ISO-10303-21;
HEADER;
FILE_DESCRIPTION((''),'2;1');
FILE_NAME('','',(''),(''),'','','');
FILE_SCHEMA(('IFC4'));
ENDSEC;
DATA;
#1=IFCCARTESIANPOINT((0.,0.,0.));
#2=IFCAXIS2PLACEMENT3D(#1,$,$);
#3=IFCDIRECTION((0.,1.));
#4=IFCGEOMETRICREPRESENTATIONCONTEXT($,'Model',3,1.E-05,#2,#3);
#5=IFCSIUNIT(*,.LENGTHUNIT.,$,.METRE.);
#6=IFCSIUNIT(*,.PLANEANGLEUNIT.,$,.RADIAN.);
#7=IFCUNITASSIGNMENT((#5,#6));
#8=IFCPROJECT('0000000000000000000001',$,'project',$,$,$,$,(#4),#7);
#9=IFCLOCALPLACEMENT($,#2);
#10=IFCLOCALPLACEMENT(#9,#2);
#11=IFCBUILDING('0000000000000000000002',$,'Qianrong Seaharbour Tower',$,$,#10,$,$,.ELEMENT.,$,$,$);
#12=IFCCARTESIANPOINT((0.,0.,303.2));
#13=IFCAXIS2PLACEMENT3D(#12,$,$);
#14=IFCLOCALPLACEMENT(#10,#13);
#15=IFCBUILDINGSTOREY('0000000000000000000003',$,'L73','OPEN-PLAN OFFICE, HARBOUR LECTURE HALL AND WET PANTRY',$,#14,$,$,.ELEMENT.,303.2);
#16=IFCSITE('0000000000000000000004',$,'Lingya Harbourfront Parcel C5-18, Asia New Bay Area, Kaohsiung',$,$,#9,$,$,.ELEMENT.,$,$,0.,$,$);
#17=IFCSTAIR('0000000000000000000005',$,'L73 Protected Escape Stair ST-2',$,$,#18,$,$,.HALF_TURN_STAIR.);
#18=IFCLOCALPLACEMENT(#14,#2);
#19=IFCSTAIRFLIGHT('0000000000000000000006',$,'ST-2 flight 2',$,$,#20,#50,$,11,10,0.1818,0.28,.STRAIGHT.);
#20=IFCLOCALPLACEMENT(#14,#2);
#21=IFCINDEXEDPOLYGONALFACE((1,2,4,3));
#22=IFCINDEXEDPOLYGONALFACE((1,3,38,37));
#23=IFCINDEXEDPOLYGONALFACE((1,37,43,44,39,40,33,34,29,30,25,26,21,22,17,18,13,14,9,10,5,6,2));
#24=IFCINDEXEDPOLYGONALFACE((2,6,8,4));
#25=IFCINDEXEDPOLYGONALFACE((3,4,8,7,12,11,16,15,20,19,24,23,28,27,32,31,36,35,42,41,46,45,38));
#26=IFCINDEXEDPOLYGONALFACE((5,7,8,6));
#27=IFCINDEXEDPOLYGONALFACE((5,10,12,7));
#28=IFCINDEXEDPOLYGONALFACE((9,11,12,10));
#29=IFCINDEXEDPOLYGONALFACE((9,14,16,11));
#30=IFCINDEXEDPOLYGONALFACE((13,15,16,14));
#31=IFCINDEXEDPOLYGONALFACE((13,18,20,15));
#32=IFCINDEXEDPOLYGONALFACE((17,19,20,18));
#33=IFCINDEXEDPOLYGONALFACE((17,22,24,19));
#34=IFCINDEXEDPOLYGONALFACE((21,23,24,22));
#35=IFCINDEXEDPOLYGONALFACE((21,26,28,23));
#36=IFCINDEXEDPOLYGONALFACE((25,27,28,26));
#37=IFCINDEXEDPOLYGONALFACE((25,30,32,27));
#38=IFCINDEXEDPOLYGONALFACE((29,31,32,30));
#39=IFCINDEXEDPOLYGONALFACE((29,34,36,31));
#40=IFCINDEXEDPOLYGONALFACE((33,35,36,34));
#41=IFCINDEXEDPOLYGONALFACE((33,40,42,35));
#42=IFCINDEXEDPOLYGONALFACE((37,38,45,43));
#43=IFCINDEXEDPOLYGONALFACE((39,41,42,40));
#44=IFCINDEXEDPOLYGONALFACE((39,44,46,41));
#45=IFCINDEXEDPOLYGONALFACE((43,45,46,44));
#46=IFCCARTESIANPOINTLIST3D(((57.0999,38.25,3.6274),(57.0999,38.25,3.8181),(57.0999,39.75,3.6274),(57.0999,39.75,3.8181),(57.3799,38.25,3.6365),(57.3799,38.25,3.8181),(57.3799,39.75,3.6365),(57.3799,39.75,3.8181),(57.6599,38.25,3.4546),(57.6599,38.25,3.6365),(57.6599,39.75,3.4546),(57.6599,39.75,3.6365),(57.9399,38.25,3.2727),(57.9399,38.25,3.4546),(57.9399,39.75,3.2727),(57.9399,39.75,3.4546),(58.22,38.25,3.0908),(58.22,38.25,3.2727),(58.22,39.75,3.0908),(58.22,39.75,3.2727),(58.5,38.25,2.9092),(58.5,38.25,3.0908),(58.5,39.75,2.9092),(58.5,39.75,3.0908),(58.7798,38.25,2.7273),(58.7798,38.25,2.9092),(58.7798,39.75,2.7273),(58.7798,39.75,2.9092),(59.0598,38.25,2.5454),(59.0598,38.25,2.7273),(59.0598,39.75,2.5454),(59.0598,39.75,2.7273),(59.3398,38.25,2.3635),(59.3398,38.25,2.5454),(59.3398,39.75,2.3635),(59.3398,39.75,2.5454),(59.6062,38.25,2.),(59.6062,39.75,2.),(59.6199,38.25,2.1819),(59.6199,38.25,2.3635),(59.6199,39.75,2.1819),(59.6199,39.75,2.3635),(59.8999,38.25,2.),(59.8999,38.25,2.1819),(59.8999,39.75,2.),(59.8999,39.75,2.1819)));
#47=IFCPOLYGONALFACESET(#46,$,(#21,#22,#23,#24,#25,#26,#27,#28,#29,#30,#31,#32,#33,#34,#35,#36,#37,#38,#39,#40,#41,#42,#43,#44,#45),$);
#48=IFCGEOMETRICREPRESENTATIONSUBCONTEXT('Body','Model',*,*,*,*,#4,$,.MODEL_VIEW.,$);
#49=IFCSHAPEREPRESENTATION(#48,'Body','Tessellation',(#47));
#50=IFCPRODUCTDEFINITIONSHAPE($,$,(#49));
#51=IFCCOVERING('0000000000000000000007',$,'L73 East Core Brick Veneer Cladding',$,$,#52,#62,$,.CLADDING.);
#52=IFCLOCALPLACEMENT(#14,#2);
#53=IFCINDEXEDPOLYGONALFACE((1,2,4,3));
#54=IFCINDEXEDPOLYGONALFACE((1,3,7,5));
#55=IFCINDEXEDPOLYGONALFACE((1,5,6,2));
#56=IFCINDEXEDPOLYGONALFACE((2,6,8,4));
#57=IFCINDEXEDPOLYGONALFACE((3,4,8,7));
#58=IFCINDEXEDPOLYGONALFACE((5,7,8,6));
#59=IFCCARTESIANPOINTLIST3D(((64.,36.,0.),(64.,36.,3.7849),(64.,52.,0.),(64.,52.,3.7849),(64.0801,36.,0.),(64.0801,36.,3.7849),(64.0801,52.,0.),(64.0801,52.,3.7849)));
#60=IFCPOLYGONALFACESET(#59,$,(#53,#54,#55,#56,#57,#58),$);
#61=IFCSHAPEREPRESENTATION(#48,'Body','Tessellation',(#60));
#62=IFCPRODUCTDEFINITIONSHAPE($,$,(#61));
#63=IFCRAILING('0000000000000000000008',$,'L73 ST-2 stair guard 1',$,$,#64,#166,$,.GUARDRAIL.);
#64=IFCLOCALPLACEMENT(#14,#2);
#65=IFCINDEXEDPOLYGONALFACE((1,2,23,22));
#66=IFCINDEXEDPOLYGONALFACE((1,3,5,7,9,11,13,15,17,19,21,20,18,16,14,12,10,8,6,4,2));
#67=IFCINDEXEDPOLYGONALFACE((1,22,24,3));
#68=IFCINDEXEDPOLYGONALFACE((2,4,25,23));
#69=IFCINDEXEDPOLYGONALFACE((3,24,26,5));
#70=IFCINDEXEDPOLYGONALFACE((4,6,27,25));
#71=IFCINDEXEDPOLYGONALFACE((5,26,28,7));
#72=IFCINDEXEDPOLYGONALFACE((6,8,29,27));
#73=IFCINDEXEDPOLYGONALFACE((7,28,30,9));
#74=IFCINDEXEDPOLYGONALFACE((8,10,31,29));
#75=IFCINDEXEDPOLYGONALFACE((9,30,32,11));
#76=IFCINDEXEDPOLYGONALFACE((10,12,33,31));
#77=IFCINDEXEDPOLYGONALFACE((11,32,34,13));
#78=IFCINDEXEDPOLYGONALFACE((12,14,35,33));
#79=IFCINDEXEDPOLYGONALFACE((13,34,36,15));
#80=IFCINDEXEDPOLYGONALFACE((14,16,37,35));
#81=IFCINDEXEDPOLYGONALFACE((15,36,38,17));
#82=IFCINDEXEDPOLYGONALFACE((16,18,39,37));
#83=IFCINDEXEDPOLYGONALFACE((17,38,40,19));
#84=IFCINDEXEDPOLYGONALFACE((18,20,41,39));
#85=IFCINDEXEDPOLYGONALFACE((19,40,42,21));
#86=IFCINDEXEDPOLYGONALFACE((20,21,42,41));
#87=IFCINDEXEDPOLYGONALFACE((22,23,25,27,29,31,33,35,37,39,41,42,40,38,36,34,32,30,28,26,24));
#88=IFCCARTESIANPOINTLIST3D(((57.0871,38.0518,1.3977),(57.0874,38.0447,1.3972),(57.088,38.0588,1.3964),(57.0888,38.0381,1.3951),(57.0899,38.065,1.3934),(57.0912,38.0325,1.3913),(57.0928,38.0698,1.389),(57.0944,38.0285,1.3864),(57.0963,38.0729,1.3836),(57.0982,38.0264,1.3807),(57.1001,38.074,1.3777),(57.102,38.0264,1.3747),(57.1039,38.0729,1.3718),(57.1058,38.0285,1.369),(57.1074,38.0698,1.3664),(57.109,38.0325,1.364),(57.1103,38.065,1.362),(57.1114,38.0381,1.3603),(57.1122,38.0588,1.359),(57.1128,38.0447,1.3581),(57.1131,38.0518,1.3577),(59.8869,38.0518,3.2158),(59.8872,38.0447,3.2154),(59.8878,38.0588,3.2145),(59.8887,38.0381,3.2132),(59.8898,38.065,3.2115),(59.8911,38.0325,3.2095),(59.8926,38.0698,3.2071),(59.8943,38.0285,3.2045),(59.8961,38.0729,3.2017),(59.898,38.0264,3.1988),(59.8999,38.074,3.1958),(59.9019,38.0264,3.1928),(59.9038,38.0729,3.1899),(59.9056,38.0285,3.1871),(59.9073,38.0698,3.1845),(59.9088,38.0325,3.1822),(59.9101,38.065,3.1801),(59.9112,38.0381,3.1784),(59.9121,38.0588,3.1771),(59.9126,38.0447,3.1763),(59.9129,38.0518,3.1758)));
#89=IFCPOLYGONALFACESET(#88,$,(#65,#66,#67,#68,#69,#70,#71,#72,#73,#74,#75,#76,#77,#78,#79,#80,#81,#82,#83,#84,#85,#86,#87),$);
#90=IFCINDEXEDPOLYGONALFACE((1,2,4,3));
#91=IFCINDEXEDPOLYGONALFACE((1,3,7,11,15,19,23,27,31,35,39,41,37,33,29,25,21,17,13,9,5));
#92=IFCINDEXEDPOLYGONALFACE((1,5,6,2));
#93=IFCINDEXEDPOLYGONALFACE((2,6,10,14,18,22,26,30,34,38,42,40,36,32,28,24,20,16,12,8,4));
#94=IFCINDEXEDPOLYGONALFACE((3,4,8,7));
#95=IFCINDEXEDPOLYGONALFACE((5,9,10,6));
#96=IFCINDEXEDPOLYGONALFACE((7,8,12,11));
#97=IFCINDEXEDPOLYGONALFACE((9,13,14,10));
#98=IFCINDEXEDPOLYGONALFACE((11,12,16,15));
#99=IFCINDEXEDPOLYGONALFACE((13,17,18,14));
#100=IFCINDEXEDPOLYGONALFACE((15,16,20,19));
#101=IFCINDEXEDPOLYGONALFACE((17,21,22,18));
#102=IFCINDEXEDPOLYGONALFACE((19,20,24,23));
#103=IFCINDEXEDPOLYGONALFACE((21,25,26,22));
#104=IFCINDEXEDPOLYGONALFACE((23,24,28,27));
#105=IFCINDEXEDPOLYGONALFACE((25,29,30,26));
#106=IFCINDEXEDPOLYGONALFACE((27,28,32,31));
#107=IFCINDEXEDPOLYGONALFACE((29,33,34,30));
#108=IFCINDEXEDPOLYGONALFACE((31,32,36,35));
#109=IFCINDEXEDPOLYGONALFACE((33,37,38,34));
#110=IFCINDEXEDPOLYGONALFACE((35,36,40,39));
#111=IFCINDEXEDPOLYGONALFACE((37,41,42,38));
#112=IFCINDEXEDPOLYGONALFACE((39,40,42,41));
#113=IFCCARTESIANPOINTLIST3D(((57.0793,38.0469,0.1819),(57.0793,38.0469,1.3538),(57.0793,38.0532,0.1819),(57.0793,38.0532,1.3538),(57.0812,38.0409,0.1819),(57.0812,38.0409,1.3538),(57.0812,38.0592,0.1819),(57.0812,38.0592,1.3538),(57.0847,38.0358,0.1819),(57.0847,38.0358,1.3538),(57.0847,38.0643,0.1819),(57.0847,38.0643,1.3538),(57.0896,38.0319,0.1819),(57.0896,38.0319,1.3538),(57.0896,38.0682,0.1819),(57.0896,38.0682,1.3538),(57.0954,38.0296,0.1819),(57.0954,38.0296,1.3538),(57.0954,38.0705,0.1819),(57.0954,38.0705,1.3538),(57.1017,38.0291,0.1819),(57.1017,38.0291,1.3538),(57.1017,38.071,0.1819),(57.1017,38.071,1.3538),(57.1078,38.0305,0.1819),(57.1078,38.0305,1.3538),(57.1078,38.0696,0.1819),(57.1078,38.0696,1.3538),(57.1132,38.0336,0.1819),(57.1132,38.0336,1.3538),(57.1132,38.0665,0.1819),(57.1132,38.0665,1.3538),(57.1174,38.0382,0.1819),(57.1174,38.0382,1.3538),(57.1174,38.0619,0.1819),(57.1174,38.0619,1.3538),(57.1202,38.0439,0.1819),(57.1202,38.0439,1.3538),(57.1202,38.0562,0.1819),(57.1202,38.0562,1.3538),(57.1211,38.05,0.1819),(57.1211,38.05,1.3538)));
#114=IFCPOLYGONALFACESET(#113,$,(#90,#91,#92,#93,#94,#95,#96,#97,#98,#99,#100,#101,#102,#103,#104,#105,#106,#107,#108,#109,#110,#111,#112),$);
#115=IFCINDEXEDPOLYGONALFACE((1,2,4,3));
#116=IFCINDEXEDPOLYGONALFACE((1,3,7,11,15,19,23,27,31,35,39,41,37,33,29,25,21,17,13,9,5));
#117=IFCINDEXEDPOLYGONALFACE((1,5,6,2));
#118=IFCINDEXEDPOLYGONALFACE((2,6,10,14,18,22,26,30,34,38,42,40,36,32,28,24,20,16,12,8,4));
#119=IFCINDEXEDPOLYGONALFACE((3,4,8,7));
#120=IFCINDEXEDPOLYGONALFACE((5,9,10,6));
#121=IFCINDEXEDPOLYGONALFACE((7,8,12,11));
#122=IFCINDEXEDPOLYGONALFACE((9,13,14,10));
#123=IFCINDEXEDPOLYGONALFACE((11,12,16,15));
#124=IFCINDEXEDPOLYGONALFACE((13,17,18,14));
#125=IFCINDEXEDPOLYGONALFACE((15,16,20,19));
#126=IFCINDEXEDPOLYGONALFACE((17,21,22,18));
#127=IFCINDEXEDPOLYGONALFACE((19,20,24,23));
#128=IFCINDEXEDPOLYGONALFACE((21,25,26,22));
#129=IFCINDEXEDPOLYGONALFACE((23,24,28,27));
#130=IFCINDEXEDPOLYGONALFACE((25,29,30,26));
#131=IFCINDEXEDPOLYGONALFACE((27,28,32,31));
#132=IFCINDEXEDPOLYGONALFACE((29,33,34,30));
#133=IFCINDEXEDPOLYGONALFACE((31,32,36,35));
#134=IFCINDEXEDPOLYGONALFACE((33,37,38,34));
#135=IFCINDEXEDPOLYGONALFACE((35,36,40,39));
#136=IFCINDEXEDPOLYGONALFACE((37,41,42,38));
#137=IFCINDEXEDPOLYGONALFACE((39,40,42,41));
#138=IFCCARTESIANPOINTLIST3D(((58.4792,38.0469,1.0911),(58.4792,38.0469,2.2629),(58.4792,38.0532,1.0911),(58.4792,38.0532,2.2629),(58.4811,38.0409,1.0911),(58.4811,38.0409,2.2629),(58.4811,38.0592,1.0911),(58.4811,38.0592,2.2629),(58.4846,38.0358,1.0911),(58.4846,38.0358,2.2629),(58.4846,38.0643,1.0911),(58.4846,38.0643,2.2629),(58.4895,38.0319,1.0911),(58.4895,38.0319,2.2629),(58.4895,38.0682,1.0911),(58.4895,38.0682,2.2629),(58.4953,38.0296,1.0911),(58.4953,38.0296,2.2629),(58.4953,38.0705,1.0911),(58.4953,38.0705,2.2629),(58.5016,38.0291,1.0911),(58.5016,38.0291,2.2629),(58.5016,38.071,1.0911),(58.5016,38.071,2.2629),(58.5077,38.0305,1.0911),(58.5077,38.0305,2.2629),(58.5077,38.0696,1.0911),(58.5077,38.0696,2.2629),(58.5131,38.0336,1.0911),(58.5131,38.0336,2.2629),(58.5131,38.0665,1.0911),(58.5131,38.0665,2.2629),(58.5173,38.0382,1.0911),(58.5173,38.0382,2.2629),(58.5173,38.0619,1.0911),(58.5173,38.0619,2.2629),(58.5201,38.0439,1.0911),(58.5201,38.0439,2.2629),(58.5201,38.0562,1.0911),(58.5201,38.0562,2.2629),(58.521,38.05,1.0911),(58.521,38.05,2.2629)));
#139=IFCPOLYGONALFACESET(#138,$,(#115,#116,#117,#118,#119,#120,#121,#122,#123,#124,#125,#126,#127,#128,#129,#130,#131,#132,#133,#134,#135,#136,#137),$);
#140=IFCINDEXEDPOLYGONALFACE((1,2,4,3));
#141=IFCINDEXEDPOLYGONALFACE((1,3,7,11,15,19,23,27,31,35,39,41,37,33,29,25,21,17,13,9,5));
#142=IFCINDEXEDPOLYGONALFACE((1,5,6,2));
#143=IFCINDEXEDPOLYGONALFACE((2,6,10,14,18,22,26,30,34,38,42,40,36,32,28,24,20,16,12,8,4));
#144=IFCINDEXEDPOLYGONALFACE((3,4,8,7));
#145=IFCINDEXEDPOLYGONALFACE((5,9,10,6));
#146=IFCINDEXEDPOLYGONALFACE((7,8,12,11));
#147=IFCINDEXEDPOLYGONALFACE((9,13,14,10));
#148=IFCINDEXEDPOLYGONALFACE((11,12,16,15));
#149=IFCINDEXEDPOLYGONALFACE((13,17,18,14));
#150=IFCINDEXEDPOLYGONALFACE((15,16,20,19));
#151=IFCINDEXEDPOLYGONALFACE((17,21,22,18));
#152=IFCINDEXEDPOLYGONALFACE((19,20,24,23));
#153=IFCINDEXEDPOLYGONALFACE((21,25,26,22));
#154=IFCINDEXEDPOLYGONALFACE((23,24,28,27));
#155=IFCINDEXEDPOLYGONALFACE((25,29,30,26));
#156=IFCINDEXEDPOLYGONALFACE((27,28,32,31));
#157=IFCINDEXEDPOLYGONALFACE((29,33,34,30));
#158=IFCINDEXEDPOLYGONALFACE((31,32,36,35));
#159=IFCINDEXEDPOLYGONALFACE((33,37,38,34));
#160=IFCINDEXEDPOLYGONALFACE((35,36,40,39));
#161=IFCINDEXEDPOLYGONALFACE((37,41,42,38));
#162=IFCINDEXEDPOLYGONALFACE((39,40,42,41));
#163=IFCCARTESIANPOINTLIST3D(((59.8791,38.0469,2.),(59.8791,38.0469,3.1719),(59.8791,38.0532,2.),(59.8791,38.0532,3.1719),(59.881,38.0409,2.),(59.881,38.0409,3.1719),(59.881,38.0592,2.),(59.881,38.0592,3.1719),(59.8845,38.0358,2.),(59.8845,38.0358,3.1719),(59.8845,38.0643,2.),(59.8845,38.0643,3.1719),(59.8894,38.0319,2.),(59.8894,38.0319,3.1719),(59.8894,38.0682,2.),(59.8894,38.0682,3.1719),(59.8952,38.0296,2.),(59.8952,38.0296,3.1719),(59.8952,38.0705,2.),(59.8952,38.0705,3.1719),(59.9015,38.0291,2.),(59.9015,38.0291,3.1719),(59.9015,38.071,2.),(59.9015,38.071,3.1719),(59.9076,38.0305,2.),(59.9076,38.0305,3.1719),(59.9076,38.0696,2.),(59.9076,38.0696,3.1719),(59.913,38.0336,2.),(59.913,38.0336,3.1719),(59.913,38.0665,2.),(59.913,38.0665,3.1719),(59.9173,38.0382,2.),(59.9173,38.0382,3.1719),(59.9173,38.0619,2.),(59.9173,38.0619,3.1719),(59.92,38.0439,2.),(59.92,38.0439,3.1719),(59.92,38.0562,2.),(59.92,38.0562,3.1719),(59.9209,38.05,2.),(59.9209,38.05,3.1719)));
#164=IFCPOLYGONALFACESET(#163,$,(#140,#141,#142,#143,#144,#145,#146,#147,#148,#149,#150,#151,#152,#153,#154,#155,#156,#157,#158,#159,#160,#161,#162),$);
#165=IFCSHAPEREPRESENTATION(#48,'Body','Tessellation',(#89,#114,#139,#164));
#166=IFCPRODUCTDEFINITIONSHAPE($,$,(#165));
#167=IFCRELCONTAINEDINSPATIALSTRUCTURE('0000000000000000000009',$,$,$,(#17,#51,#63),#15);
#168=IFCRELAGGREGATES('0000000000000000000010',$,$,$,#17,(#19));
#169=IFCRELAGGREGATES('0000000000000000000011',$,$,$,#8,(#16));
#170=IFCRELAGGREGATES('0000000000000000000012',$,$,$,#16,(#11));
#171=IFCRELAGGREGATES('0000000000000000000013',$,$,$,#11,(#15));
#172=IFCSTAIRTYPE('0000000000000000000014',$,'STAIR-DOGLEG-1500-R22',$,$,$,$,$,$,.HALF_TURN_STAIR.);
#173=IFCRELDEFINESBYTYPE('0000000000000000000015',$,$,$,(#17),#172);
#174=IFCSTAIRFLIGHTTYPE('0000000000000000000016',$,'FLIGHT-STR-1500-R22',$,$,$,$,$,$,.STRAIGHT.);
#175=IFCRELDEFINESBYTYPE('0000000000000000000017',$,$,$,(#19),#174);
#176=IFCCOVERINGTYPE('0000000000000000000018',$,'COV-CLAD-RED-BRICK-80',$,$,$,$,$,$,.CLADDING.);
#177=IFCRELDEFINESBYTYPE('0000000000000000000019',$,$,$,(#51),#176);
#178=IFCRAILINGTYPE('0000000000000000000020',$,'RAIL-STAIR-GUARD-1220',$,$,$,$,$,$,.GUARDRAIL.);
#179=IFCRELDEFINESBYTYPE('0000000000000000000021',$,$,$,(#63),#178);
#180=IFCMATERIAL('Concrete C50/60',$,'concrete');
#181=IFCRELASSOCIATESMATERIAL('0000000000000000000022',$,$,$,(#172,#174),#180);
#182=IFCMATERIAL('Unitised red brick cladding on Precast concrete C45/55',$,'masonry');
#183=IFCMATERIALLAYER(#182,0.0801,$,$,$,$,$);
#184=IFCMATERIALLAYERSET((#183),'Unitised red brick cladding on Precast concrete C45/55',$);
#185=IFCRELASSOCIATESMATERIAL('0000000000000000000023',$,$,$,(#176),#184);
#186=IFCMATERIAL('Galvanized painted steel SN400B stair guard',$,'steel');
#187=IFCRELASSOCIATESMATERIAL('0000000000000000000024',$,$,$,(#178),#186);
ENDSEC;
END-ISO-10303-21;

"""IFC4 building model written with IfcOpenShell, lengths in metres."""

from ifc_helpers import new_model, si_unit, direction, frame, origin, origin_2d, place, context, subcontext, project, spatial, polyline, rectangle, circle, outline, extrude, material, layer, layer_set, type_object, element, aggregate, save


model = new_model("IFC4")

# Units and contexts
model_context = context("Model", 3, precision=1e-05, world=origin(), true_north=direction((0.0, 1.0)))
body_context = subcontext(model_context, "Body", "Model", "MODEL_VIEW")
ifc_project = project(units=[si_unit("LENGTHUNIT", "METRE"), si_unit("PLANEANGLEUNIT", "RADIAN")], contexts=[model_context])

# Site, building, storey
site_placement = place(None, origin())
site = spatial("IfcSite", under=ifc_project, at=site_placement, Name="Lingya Harbourfront Parcel C5-18, Asia New Bay Area, Kaohsiung", CompositionType="ELEMENT", RefElevation=0.0)
building_placement = place(site_placement, origin())
building = spatial("IfcBuilding", under=site, at=building_placement, Name="Qianrong Seaharbour Tower", CompositionType="ELEMENT")
storey_placement = place(building_placement, frame((0.0, 0.0, 303.2)))
storey = spatial("IfcBuildingStorey", under=building, at=storey_placement, Name="L73", Description="OPEN-PLAN OFFICE, HARBOUR LECTURE HALL AND WET PANTRY", CompositionType="ELEMENT", Elevation=303.2)

# Shared definitions
ifc_material_1 = material(Name="Concrete C50/60", Category="concrete")

# Stair, stair flight
stair_type = type_object("IfcStairType", Name="STAIR-DOGLEG-1500-R22", PredefinedType="HALF_TURN_STAIR", material=ifc_material_1)
stair_placement = place(storey_placement, origin())
stair = element("IfcStair", 1, at=stair_placement, inside=storey, type_object=stair_type, Name="L73 Protected Escape Stair ST-2", PredefinedType="HALF_TURN_STAIR")
stair_flight_type = type_object("IfcStairFlightType", Name="FLIGHT-STR-1500-R22", PredefinedType="STRAIGHT", material=ifc_material_1)
stair_flight_1_placement = place(storey_placement, frame((59.8999, 39.0, 2.0), z_axis=(0.0, 0.0, 1.0), x_axis=(-1.0, 0.0, 0.0)))
stair_flight_1 = element("IfcStairFlight", 2, at=stair_flight_1_placement, type_object=stair_flight_type, Name="ST-2 flight 2", NumberOfRisers=11, NumberOfTreads=10, PredefinedType="STRAIGHT", RiserHeight=0.1818, TreadLength=0.28, context=body_context, shape_type="SweptSolid", body=[
    extrude(outline(polyline([(0.0, 0.0), (0.0, 0.1819), (0.28, 0.1819), (0.28, 0.3635), (0.5601, 0.3635), (0.5601, 0.5454), (0.8401, 0.5454), (0.8401, 0.7273), (1.1201, 0.7273), (1.1201, 0.9092), (1.3999, 0.9092), (1.3999, 1.0908), (1.6799, 1.0908), (1.6799, 1.2727), (1.96, 1.2727), (1.96, 1.4546), (2.24, 1.4546), (2.24, 1.6365), (2.52, 1.6365), (2.52, 1.8181), (2.8, 1.8181), (2.8, 2.0), (2.8, 1.6274), (0.2937, 0.0), (0.0, 0.0)])), frame((0.0, 0.75, 0.0), z_axis=(0.0, -1.0, 0.0), x_axis=(1.0, 0.0, 0.0)), (0.0, 0.0, 1.0), 1.5),
])
aggregate(stair, [stair_flight_1])

# Covering
ifc_material_2 = material(Name="Unitised red brick cladding on Precast concrete C45/55", Category="masonry")
ifc_layer_1 = layer(ifc_material_2, 0.0801)
ifc_layer_set_1 = layer_set([ifc_layer_1], Name="Unitised red brick cladding on Precast concrete C45/55")
covering_type = type_object("IfcCoveringType", Name="COV-CLAD-RED-BRICK-80", PredefinedType="CLADDING", material=ifc_layer_set_1)
covering_placement = place(storey_placement, frame((64.04, 44.0, 0.0), z_axis=(0.0, 0.0, 1.0), x_axis=(1.0, 0.0, 0.0)))
element("IfcCovering", 3, at=covering_placement, inside=storey, type_object=covering_type, Name="L73 East Core Brick Veneer Cladding", PredefinedType="CLADDING", context=body_context, shape_type="SweptSolid", body=[
    extrude(rectangle(XDim=0.0801, YDim=16.0, at=origin_2d()), origin(), (0.0, 0.0, 1.0), 3.7849),
])

# Railing
ifc_material_3 = material(Name="Galvanized painted steel SN400B stair guard", Category="steel")
railing_type_1 = type_object("IfcRailingType", Name="RAIL-STAIR-GUARD-1220", PredefinedType="GUARDRAIL", material=ifc_material_3)
railing_1_placement = place(storey_placement, frame((57.1001, 38.05, 0.1819)))
element("IfcRailing", 4, at=railing_1_placement, inside=storey, type_object=railing_type_1, Name="L73 ST-2 stair guard 1", PredefinedType="GUARDRAIL", context=body_context, shape_type="SweptSolid", body=[
    extrude(circle(Radius=0.0239, at=origin_2d()), frame((0.0, 0.0, 1.1958), z_axis=(0.838684, 0.0, 0.544618), x_axis=(0.0, 1.0, 0.0)), (0.0, 0.0, 1.0), 3.3384),
    extrude(circle(Radius=0.021, at=origin_2d()), origin(), (0.0, 0.0, 1.0), 1.1719),
    extrude(circle(Radius=0.021, at=origin_2d()), frame((1.3999, 0.0, 0.9092)), (0.0, 0.0, 1.0), 1.1719),
    extrude(circle(Radius=0.021, at=origin_2d()), frame((2.7998, 0.0, 1.8181)), (0.0, 0.0, 1.0), 1.1719),
])

save(model, "model.ifc")
